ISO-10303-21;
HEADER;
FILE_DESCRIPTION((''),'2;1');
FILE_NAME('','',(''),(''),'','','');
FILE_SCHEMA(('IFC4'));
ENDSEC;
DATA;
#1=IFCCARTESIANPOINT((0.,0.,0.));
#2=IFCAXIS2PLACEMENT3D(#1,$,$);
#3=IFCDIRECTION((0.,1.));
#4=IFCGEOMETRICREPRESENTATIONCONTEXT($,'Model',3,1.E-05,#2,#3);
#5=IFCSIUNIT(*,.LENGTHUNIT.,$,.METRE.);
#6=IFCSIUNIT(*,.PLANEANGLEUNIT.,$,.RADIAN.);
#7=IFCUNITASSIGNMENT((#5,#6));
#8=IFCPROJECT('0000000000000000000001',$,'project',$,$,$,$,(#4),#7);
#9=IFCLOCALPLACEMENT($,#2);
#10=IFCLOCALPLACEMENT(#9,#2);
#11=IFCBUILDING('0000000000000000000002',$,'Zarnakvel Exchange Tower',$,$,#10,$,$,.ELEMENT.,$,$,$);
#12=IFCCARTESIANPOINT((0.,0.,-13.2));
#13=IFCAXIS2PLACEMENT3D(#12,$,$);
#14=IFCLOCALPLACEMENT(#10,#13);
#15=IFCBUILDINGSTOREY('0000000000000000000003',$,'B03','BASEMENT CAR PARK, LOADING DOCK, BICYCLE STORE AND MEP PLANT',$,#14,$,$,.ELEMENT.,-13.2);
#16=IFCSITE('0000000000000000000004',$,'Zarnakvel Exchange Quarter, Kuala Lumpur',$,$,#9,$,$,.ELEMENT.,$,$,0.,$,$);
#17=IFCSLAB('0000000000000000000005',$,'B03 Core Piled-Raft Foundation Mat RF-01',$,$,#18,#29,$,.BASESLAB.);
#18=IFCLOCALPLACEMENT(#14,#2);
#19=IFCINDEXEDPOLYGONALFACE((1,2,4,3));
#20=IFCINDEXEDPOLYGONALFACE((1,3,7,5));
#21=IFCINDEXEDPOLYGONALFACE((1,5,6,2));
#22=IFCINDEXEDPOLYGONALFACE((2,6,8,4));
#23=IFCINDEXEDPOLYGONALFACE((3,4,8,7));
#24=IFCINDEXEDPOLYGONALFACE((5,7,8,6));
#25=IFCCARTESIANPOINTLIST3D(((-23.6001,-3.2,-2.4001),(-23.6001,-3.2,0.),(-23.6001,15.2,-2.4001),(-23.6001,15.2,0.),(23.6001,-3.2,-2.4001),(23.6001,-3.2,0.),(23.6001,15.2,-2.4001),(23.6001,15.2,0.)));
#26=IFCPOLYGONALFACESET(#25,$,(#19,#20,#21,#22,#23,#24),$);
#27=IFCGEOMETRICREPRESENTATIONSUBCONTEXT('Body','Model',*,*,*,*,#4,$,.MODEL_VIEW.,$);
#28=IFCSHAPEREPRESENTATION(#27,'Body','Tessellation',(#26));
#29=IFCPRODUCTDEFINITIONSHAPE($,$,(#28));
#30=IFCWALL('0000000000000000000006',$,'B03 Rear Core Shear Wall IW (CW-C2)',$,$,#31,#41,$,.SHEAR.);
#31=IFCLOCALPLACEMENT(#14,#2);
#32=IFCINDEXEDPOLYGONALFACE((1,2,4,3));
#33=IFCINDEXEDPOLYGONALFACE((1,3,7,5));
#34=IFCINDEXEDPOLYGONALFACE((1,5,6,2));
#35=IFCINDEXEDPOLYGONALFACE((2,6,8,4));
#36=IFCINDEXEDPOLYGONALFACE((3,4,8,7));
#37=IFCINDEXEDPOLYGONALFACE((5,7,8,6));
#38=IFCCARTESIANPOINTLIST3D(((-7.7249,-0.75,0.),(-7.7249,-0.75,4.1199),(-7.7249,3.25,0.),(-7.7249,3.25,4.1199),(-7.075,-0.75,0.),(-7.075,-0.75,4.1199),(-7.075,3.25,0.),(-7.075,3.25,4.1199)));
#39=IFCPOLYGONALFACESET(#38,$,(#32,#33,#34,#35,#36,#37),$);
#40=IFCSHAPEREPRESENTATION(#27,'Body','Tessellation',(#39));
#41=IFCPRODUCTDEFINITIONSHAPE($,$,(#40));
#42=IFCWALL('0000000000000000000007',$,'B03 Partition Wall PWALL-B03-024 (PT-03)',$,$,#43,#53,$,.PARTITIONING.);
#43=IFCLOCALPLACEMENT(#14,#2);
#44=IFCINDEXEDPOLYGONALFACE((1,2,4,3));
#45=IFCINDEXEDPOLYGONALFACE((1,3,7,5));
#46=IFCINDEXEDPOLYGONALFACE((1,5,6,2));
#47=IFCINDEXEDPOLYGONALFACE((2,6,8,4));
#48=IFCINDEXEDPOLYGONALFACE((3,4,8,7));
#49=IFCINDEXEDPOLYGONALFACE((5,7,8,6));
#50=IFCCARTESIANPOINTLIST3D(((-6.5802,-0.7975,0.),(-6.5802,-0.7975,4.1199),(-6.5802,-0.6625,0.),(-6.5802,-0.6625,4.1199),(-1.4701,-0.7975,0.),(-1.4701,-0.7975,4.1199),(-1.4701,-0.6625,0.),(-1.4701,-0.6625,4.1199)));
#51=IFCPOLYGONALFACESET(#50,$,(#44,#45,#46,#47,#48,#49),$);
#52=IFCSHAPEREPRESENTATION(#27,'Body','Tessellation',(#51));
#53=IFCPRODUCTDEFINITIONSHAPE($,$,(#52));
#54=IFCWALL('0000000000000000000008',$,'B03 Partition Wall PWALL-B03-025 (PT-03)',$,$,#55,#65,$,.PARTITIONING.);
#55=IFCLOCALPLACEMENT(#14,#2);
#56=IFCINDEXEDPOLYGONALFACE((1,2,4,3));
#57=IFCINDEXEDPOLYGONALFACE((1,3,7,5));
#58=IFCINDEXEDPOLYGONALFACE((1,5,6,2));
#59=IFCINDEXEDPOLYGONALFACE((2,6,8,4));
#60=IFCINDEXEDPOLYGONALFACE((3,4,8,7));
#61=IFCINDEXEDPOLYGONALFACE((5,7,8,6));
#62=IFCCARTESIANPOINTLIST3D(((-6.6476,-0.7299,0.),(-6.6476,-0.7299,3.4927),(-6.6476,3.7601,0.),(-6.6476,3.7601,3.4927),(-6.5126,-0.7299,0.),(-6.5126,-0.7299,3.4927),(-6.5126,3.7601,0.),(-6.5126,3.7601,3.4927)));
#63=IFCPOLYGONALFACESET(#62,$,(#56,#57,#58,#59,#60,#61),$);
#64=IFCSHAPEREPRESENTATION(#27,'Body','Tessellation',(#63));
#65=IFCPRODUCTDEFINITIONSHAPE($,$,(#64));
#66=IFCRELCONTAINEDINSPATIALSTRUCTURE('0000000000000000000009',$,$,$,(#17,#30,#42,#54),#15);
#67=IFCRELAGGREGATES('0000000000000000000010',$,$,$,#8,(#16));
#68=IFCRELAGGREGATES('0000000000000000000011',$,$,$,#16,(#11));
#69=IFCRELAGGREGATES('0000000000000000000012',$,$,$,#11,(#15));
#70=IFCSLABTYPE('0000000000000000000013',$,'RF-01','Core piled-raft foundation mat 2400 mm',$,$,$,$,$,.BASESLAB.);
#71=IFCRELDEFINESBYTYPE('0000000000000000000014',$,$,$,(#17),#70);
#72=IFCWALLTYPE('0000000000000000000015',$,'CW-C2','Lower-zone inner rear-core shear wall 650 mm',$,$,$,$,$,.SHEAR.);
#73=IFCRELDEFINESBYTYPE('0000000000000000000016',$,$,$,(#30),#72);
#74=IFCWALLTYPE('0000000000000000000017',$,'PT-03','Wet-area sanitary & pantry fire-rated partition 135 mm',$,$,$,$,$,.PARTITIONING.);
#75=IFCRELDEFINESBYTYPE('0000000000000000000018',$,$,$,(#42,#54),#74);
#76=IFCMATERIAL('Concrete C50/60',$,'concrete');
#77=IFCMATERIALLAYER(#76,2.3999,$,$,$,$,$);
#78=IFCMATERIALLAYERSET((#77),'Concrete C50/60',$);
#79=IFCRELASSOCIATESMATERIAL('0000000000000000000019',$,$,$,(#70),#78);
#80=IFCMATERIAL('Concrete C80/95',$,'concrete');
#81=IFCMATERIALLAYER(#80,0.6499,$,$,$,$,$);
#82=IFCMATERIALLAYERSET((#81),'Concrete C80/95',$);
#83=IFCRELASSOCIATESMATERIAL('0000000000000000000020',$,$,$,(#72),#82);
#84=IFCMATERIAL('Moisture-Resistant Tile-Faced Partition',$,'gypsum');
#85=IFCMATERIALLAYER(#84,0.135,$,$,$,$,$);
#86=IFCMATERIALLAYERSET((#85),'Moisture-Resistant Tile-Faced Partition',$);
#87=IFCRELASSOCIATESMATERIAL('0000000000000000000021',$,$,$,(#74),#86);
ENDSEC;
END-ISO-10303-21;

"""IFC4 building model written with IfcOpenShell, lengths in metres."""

from ifc_helpers import new_model, si_unit, direction, frame, frame_2d, origin, place, context, subcontext, project, spatial, polyline, rectangle, outline, extrude, material, layer, layer_set, type_object, element, save


model = new_model("IFC4")

# Units and contexts
model_context = context("Model", 3, precision=1e-05, world=origin(), true_north=direction((0.0, 1.0)))
body_context = subcontext(model_context, "Body", "Model", "MODEL_VIEW")
ifc_project = project(units=[si_unit("LENGTHUNIT", "METRE"), si_unit("PLANEANGLEUNIT", "RADIAN")], contexts=[model_context])

# Site, building, storey
site_placement = place(None, origin())
site = spatial("IfcSite", under=ifc_project, at=site_placement, Name="Zarnakvel Exchange Quarter, Kuala Lumpur", CompositionType="ELEMENT", RefElevation=0.0)
building_placement = place(site_placement, origin())
building = spatial("IfcBuilding", under=site, at=building_placement, Name="Zarnakvel Exchange Tower", CompositionType="ELEMENT")
storey_placement = place(building_placement, frame((0.0, 0.0, -13.2)))
storey = spatial("IfcBuildingStorey", under=building, at=storey_placement, Name="B03", Description="BASEMENT CAR PARK, LOADING DOCK, BICYCLE STORE AND MEP PLANT", CompositionType="ELEMENT", Elevation=-13.2)

# Shared definitions
ifc_material_1 = material(Name="Concrete C50/60", Category="concrete")

# Shared definitions
ifc_material_2 = material(Name="Concrete C80/95", Category="concrete")

# Slab
ifc_layer_1 = layer(ifc_material_1, 2.3999)
ifc_layer_set_1 = layer_set([ifc_layer_1], Name="Concrete C50/60")
slab_type_1 = type_object("IfcSlabType", Name="RF-01", Description="Core piled-raft foundation mat 2400 mm", PredefinedType="BASESLAB", material=ifc_layer_set_1)
slab_1_placement = place(storey_placement, frame((0.0, 0.0, -2.4001)))
element("IfcSlab", 1, at=slab_1_placement, inside=storey, type_object=slab_type_1, Name="B03 Core Piled-Raft Foundation Mat RF-01", PredefinedType="BASESLAB", context=body_context, shape_type="SweptSolid", body=[
    extrude(outline(polyline([(-23.6001, -3.2), (23.6001, -3.2), (23.6001, 15.2), (-23.6001, 15.2), (-23.6001, -3.2)])), origin(), (0.0, 0.0, 1.0), 2.4001),
])

# Walls
ifc_layer_2 = layer(ifc_material_2, 0.6499)
ifc_layer_set_2 = layer_set([ifc_layer_2], Name="Concrete C80/95")
wall_type_1 = type_object("IfcWallType", Name="CW-C2", Description="Lower-zone inner rear-core shear wall 650 mm", PredefinedType="SHEAR", material=ifc_layer_set_2)
wall_1_placement = place(storey_placement, frame((-7.3999, -0.75, 0.0), z_axis=(0.0, 0.0, 1.0), x_axis=(0.0, 1.0, 0.0)))
element("IfcWall", 2, at=wall_1_placement, inside=storey, type_object=wall_type_1, Name="B03 Rear Core Shear Wall IW (CW-C2)", PredefinedType="SHEAR", context=body_context, shape_type="SweptSolid", body=[
    extrude(rectangle(XDim=4.0, YDim=0.6499, at=frame_2d((2.0, 0.0))), origin(), (0.0, 0.0, 1.0), 4.1199),
])
ifc_material_3 = material(Name="Moisture-Resistant Tile-Faced Partition", Category="gypsum")
ifc_layer_3 = layer(ifc_material_3, 0.135)
ifc_layer_set_3 = layer_set([ifc_layer_3], Name="Moisture-Resistant Tile-Faced Partition")
wall_type_2 = type_object("IfcWallType", Name="PT-03", Description="Wet-area sanitary & pantry fire-rated partition 135 mm", PredefinedType="PARTITIONING", material=ifc_layer_set_3)
wall_2_placement = place(storey_placement, frame((-1.47, -0.73, 0.0), z_axis=(0.0, 0.0, 1.0), x_axis=(-1.0, 0.0, 0.0)))
element("IfcWall", 3, at=wall_2_placement, inside=storey, type_object=wall_type_2, Name="B03 Partition Wall PWALL-B03-024 (PT-03)", PredefinedType="PARTITIONING", context=body_context, shape_type="SweptSolid", body=[
    extrude(rectangle(XDim=5.1101, YDim=0.135, at=frame_2d((2.5552, 0.0))), origin(), (0.0, 0.0, 1.0), 4.1199),
])
wall_3_placement = place(storey_placement, frame((-6.5801, -0.73, 0.0), z_axis=(0.0, 0.0, 1.0), x_axis=(0.0, 1.0, 0.0)))
element("IfcWall", 4, at=wall_3_placement, inside=storey, type_object=wall_type_2, Name="B03 Partition Wall PWALL-B03-025 (PT-03)", PredefinedType="PARTITIONING", context=body_context, shape_type="SweptSolid", body=[
    extrude(rectangle(XDim=4.49, YDim=0.135, at=frame_2d((2.2451, 0.0))), origin(), (0.0, 0.0, 1.0), 3.4927),
])

save(model, "model.ifc")
